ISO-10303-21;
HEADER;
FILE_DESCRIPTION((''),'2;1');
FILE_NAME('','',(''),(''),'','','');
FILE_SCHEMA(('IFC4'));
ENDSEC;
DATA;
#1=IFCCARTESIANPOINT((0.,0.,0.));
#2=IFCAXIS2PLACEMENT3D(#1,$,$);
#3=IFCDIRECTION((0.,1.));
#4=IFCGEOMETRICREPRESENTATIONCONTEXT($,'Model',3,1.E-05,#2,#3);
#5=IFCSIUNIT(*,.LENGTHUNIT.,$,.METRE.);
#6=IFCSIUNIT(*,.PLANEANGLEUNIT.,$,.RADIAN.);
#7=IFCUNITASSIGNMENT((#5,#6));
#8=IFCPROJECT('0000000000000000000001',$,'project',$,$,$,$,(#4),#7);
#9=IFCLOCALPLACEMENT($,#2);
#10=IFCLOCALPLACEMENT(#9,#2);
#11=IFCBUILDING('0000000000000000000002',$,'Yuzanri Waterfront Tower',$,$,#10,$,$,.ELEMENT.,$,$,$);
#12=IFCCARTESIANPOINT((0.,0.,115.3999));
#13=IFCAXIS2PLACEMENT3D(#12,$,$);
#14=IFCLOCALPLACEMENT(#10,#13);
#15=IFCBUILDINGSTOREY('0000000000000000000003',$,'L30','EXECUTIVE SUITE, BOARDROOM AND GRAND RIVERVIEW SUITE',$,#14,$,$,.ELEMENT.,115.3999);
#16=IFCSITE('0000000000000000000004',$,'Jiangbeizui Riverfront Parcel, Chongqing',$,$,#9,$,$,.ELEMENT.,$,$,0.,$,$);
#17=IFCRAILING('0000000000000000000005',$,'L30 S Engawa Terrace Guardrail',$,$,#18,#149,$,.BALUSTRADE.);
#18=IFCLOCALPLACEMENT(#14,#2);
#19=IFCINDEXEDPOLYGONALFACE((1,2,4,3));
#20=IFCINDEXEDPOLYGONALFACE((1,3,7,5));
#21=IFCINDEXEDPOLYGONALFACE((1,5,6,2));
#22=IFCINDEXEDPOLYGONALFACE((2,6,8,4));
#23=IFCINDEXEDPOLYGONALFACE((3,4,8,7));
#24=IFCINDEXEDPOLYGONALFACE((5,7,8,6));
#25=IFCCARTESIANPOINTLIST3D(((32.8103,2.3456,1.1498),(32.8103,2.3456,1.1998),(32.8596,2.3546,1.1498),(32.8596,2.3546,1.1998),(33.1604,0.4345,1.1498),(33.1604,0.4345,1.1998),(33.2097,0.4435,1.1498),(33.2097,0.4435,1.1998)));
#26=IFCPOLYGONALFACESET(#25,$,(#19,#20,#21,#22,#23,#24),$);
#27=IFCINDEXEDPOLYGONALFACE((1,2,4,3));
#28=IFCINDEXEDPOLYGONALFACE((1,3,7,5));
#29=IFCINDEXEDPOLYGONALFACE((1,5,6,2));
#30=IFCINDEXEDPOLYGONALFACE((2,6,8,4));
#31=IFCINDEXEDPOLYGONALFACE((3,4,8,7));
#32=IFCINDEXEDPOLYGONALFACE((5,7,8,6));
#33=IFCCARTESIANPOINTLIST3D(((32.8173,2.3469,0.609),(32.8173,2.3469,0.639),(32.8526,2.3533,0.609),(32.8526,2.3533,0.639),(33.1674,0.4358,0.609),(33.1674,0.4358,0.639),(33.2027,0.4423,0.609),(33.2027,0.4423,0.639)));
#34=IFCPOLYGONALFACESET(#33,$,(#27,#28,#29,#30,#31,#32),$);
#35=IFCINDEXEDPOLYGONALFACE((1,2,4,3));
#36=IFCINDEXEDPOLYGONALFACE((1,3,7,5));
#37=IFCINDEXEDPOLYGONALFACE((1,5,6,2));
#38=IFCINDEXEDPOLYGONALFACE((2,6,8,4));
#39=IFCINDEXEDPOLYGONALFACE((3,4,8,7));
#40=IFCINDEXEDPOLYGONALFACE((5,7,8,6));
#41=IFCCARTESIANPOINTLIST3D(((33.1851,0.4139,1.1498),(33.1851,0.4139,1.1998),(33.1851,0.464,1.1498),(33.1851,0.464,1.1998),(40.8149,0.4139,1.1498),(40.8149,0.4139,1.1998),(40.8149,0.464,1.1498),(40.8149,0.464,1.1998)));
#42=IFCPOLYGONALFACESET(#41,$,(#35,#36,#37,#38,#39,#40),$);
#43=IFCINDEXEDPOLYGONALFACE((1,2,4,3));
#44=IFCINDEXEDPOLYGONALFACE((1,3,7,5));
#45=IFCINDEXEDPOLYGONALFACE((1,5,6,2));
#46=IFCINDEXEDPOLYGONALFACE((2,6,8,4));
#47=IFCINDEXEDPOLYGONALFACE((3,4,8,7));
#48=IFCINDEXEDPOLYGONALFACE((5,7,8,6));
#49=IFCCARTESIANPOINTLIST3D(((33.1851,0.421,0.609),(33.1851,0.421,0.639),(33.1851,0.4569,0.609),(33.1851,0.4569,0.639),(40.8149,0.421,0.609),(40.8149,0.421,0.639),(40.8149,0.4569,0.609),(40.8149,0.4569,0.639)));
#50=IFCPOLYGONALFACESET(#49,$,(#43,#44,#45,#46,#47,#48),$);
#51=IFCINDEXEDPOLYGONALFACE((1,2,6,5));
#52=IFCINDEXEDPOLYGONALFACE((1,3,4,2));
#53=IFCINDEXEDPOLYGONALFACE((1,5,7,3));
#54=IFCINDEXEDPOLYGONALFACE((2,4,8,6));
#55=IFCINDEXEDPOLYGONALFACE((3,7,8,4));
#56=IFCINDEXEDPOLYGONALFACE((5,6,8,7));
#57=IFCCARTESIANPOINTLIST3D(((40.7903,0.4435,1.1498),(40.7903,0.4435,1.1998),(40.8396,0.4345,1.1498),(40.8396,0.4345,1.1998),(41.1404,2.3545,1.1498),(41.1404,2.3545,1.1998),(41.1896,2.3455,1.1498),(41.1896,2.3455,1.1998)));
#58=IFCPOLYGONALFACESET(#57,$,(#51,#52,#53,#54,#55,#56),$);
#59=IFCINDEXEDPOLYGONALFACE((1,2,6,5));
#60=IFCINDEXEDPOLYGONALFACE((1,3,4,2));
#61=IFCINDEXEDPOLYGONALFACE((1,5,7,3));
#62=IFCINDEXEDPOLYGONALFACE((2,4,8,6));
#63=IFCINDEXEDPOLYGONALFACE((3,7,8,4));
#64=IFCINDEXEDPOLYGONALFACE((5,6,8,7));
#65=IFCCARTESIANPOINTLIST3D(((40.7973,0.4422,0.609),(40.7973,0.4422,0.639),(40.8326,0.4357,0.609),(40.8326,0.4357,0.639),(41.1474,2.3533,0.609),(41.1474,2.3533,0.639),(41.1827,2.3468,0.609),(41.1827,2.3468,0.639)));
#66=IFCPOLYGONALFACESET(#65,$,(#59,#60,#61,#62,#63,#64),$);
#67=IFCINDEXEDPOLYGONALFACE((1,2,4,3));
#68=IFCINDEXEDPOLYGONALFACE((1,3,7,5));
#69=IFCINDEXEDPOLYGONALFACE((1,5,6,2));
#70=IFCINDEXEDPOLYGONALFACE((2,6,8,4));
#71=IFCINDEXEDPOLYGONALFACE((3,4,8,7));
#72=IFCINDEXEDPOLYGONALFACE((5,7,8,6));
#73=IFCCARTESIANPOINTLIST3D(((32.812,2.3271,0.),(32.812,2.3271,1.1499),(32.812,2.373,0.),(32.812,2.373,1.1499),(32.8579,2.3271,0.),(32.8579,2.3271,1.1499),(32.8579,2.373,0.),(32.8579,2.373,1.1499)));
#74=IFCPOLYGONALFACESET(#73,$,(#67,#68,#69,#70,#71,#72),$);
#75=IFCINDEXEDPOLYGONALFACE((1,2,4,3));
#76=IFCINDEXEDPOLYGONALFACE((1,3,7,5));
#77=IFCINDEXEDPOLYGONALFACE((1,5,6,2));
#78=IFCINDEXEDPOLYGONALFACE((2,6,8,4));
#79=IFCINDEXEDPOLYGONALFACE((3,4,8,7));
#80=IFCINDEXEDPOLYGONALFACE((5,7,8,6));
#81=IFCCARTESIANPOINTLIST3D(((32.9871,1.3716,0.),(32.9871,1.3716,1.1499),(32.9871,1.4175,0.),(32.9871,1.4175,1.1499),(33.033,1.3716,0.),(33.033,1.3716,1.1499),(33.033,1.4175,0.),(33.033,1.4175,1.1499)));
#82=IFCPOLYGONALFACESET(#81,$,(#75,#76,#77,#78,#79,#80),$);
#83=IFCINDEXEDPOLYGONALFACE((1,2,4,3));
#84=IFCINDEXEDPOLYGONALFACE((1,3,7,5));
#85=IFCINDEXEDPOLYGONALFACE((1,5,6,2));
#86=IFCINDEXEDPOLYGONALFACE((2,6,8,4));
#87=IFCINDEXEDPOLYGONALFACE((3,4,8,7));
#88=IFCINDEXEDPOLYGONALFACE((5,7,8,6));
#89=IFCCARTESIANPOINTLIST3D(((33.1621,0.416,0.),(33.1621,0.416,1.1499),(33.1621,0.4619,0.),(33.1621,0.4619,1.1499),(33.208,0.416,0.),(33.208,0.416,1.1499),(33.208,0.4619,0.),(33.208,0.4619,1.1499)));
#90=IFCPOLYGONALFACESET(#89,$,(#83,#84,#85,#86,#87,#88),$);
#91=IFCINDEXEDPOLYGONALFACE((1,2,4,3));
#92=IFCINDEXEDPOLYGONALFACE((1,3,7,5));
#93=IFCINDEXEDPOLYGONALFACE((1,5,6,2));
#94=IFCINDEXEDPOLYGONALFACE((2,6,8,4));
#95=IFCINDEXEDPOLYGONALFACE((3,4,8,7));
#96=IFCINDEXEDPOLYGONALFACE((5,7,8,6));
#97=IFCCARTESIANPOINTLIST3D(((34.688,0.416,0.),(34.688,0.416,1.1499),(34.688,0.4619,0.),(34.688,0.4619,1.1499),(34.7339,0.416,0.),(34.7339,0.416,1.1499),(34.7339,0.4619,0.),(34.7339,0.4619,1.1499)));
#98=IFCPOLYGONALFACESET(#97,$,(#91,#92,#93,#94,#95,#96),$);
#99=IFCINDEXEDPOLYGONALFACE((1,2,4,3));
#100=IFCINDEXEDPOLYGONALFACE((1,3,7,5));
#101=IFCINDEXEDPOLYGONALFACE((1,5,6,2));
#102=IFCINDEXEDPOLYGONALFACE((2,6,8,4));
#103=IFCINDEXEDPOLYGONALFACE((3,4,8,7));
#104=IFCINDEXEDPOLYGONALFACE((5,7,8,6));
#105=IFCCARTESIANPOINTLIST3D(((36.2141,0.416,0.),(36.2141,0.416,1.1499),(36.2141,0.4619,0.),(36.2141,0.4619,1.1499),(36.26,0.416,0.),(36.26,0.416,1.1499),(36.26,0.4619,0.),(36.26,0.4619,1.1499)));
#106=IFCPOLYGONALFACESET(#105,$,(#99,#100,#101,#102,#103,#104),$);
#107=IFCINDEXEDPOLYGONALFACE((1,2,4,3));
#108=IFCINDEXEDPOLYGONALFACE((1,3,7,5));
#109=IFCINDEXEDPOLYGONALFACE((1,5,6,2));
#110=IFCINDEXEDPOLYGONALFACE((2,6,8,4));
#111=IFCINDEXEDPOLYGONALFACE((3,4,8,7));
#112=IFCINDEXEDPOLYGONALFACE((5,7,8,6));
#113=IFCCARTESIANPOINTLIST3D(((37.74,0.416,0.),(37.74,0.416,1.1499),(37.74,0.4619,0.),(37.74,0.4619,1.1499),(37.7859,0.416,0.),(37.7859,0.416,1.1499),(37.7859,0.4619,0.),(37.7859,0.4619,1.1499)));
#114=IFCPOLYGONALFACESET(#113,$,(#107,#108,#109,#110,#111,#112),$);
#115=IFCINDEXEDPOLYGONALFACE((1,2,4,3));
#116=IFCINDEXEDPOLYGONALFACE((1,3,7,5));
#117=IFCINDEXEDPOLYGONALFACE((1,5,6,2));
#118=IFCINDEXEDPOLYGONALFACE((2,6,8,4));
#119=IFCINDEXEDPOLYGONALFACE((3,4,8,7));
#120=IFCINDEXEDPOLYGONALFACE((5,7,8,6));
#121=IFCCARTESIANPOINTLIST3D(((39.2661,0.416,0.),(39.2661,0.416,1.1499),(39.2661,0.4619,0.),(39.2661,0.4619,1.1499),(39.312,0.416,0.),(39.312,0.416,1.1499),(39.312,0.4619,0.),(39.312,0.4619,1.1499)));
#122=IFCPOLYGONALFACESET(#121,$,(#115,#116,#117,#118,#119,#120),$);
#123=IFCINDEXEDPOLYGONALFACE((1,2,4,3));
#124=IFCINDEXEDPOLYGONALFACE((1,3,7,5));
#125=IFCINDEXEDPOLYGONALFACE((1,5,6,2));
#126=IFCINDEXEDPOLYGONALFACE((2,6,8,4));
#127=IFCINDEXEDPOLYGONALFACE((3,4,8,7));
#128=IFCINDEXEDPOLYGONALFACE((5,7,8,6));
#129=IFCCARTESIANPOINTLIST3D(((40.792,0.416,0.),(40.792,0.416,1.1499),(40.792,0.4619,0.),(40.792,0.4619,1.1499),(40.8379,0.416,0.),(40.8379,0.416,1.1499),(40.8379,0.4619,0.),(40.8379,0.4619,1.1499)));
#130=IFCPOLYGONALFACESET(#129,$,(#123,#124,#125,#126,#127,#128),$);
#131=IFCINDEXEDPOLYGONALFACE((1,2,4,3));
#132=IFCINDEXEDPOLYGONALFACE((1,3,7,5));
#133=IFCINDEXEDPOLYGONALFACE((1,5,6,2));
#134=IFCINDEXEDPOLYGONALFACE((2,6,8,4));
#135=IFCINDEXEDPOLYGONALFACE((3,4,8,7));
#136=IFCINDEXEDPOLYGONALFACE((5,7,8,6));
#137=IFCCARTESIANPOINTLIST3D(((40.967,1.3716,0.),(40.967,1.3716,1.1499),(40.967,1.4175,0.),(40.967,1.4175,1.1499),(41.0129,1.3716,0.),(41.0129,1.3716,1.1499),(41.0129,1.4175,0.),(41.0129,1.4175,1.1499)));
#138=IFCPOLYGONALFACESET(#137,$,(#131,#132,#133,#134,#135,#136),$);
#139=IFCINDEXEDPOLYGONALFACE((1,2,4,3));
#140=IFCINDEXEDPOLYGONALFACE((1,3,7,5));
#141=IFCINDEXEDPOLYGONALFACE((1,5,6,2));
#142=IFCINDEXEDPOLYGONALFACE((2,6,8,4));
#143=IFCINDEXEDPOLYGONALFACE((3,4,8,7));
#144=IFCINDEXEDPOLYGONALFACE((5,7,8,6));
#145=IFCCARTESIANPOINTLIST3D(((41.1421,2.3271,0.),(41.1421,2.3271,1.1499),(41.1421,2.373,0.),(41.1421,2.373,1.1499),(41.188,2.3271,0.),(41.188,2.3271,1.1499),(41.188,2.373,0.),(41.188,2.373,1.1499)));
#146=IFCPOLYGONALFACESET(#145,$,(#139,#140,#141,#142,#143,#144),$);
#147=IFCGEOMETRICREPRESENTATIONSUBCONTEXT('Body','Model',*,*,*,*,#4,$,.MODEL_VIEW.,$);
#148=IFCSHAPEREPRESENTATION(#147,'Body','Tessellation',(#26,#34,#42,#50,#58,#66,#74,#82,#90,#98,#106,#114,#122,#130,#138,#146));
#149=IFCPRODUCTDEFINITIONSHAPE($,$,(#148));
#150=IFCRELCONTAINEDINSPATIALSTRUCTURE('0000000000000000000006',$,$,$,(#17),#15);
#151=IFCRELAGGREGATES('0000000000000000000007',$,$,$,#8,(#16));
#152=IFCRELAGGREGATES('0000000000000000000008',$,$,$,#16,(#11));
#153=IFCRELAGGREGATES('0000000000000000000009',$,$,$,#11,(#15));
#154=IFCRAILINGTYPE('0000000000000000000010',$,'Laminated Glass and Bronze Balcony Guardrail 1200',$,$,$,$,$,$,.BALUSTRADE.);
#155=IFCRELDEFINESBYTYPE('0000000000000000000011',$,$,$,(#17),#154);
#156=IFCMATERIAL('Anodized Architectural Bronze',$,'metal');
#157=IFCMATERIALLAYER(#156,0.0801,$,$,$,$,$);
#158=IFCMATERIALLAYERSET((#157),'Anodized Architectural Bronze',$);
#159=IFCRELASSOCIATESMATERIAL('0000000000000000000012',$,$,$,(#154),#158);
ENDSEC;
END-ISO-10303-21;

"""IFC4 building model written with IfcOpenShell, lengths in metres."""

from ifc_helpers import new_model, si_unit, direction, frame, origin, origin_2d, place, context, subcontext, project, spatial, rectangle, extrude, source, transform, mapped, material, layer, layer_set, type_object, element, save


model = new_model("IFC4")

# Units and contexts
model_context = context("Model", 3, precision=1e-05, world=origin(), true_north=direction((0.0, 1.0)))
body_context = subcontext(model_context, "Body", "Model", "MODEL_VIEW")
ifc_project = project(units=[si_unit("LENGTHUNIT", "METRE"), si_unit("PLANEANGLEUNIT", "RADIAN")], contexts=[model_context])

# Site, building, storey
site_placement = place(None, origin())
site = spatial("IfcSite", under=ifc_project, at=site_placement, Name="Jiangbeizui Riverfront Parcel, Chongqing", CompositionType="ELEMENT", RefElevation=0.0)
building_placement = place(site_placement, origin())
building = spatial("IfcBuilding", under=site, at=building_placement, Name="Yuzanri Waterfront Tower", CompositionType="ELEMENT")
storey_placement = place(building_placement, frame((0.0, 0.0, 115.3999)))
storey = spatial("IfcBuildingStorey", under=building, at=storey_placement, Name="L30", Description="EXECUTIVE SUITE, BOARDROOM AND GRAND RIVERVIEW SUITE", CompositionType="ELEMENT", Elevation=115.3999)

# Railing
ifc_material_1 = material(Name="Anodized Architectural Bronze", Category="metal")
ifc_layer_1 = layer(ifc_material_1, 0.0801)
ifc_layer_set_1 = layer_set([ifc_layer_1], Name="Anodized Architectural Bronze")
railing_type = type_object("IfcRailingType", Name="Laminated Glass and Bronze Balcony Guardrail 1200", PredefinedType="BALUSTRADE", material=ifc_layer_set_1)
shared_shape_1 = source(origin(), body_context, "Body", "SweptSolid", [
    extrude(rectangle(XDim=0.05, YDim=0.05, at=origin_2d()), frame((0.0, 0.0, 1.1748), z_axis=(0.18019, -0.983632, 0.0), x_axis=(0.983632, 0.18019, 0.0)), (0.0, 0.0, 1.0), 1.9429),
    extrude(rectangle(XDim=0.0359, YDim=0.03, at=origin_2d()), frame((0.0, 0.0, 0.624), z_axis=(0.18019, -0.983632, 0.0), x_axis=(0.983632, 0.18019, 0.0)), (0.0, 0.0, 1.0), 1.9429),
    extrude(rectangle(XDim=0.05, YDim=0.05, at=origin_2d()), frame((0.3501, -1.9111, 1.1748), z_axis=(1.0, 0.0, 0.0), x_axis=(0.0, 1.0, 0.0)), (0.0, 0.0, 1.0), 7.6299),
    extrude(rectangle(XDim=0.0359, YDim=0.03, at=origin_2d()), frame((0.3501, -1.9111, 0.624), z_axis=(1.0, 0.0, 0.0), x_axis=(0.0, 1.0, 0.0)), (0.0, 0.0, 1.0), 7.6299),
    extrude(rectangle(XDim=0.05, YDim=0.05, at=origin_2d()), frame((7.98, -1.9111, 1.1748), z_axis=(0.18019, 0.983632, 0.0), x_axis=(-0.983632, 0.18019, 0.0)), (0.0, 0.0, 1.0), 1.9429),
    extrude(rectangle(XDim=0.0359, YDim=0.03, at=origin_2d()), frame((7.98, -1.9111, 0.624), z_axis=(0.18019, 0.983632, 0.0), x_axis=(-0.983632, 0.18019, 0.0)), (0.0, 0.0, 1.0), 1.9429),
    extrude(rectangle(XDim=0.0459, YDim=0.0459, at=origin_2d()), origin(), (0.0, 0.0, 1.0), 1.1499),
    extrude(rectangle(XDim=0.0459, YDim=0.0459, at=origin_2d()), frame((0.175, -0.9556, 0.0)), (0.0, 0.0, 1.0), 1.1499),
    extrude(rectangle(XDim=0.0459, YDim=0.0459, at=origin_2d()), frame((0.3501, -1.9111, 0.0)), (0.0, 0.0, 1.0), 1.1499),
    extrude(rectangle(XDim=0.0459, YDim=0.0459, at=origin_2d()), frame((1.876, -1.9111, 0.0)), (0.0, 0.0, 1.0), 1.1499),
    extrude(rectangle(XDim=0.0459, YDim=0.0459, at=origin_2d()), frame((3.4021, -1.9111, 0.0)), (0.0, 0.0, 1.0), 1.1499),
    extrude(rectangle(XDim=0.0459, YDim=0.0459, at=origin_2d()), frame((4.928, -1.9111, 0.0)), (0.0, 0.0, 1.0), 1.1499),
    extrude(rectangle(XDim=0.0459, YDim=0.0459, at=origin_2d()), frame((6.4541, -1.9111, 0.0)), (0.0, 0.0, 1.0), 1.1499),
    extrude(rectangle(XDim=0.0459, YDim=0.0459, at=origin_2d()), frame((7.98, -1.9111, 0.0)), (0.0, 0.0, 1.0), 1.1499),
    extrude(rectangle(XDim=0.0459, YDim=0.0459, at=origin_2d()), frame((8.155, -0.9556, 0.0)), (0.0, 0.0, 1.0), 1.1499),
    extrude(rectangle(XDim=0.0459, YDim=0.0459, at=origin_2d()), frame((8.3301, 0.0, 0.0)), (0.0, 0.0, 1.0), 1.1499),
])
railing_placement = place(storey_placement, frame((32.835, 2.3501, 0.0)))
element("IfcRailing", 1, at=railing_placement, inside=storey, type_object=railing_type, Name="L30 S Engawa Terrace Guardrail", PredefinedType="BALUSTRADE", context=body_context, shape_type="MappedRepresentation", body=[
    mapped(shared_shape_1, transform((0.0, 0.0, 0.0), scale=1.0)),
])

save(model, "model.ifc")
